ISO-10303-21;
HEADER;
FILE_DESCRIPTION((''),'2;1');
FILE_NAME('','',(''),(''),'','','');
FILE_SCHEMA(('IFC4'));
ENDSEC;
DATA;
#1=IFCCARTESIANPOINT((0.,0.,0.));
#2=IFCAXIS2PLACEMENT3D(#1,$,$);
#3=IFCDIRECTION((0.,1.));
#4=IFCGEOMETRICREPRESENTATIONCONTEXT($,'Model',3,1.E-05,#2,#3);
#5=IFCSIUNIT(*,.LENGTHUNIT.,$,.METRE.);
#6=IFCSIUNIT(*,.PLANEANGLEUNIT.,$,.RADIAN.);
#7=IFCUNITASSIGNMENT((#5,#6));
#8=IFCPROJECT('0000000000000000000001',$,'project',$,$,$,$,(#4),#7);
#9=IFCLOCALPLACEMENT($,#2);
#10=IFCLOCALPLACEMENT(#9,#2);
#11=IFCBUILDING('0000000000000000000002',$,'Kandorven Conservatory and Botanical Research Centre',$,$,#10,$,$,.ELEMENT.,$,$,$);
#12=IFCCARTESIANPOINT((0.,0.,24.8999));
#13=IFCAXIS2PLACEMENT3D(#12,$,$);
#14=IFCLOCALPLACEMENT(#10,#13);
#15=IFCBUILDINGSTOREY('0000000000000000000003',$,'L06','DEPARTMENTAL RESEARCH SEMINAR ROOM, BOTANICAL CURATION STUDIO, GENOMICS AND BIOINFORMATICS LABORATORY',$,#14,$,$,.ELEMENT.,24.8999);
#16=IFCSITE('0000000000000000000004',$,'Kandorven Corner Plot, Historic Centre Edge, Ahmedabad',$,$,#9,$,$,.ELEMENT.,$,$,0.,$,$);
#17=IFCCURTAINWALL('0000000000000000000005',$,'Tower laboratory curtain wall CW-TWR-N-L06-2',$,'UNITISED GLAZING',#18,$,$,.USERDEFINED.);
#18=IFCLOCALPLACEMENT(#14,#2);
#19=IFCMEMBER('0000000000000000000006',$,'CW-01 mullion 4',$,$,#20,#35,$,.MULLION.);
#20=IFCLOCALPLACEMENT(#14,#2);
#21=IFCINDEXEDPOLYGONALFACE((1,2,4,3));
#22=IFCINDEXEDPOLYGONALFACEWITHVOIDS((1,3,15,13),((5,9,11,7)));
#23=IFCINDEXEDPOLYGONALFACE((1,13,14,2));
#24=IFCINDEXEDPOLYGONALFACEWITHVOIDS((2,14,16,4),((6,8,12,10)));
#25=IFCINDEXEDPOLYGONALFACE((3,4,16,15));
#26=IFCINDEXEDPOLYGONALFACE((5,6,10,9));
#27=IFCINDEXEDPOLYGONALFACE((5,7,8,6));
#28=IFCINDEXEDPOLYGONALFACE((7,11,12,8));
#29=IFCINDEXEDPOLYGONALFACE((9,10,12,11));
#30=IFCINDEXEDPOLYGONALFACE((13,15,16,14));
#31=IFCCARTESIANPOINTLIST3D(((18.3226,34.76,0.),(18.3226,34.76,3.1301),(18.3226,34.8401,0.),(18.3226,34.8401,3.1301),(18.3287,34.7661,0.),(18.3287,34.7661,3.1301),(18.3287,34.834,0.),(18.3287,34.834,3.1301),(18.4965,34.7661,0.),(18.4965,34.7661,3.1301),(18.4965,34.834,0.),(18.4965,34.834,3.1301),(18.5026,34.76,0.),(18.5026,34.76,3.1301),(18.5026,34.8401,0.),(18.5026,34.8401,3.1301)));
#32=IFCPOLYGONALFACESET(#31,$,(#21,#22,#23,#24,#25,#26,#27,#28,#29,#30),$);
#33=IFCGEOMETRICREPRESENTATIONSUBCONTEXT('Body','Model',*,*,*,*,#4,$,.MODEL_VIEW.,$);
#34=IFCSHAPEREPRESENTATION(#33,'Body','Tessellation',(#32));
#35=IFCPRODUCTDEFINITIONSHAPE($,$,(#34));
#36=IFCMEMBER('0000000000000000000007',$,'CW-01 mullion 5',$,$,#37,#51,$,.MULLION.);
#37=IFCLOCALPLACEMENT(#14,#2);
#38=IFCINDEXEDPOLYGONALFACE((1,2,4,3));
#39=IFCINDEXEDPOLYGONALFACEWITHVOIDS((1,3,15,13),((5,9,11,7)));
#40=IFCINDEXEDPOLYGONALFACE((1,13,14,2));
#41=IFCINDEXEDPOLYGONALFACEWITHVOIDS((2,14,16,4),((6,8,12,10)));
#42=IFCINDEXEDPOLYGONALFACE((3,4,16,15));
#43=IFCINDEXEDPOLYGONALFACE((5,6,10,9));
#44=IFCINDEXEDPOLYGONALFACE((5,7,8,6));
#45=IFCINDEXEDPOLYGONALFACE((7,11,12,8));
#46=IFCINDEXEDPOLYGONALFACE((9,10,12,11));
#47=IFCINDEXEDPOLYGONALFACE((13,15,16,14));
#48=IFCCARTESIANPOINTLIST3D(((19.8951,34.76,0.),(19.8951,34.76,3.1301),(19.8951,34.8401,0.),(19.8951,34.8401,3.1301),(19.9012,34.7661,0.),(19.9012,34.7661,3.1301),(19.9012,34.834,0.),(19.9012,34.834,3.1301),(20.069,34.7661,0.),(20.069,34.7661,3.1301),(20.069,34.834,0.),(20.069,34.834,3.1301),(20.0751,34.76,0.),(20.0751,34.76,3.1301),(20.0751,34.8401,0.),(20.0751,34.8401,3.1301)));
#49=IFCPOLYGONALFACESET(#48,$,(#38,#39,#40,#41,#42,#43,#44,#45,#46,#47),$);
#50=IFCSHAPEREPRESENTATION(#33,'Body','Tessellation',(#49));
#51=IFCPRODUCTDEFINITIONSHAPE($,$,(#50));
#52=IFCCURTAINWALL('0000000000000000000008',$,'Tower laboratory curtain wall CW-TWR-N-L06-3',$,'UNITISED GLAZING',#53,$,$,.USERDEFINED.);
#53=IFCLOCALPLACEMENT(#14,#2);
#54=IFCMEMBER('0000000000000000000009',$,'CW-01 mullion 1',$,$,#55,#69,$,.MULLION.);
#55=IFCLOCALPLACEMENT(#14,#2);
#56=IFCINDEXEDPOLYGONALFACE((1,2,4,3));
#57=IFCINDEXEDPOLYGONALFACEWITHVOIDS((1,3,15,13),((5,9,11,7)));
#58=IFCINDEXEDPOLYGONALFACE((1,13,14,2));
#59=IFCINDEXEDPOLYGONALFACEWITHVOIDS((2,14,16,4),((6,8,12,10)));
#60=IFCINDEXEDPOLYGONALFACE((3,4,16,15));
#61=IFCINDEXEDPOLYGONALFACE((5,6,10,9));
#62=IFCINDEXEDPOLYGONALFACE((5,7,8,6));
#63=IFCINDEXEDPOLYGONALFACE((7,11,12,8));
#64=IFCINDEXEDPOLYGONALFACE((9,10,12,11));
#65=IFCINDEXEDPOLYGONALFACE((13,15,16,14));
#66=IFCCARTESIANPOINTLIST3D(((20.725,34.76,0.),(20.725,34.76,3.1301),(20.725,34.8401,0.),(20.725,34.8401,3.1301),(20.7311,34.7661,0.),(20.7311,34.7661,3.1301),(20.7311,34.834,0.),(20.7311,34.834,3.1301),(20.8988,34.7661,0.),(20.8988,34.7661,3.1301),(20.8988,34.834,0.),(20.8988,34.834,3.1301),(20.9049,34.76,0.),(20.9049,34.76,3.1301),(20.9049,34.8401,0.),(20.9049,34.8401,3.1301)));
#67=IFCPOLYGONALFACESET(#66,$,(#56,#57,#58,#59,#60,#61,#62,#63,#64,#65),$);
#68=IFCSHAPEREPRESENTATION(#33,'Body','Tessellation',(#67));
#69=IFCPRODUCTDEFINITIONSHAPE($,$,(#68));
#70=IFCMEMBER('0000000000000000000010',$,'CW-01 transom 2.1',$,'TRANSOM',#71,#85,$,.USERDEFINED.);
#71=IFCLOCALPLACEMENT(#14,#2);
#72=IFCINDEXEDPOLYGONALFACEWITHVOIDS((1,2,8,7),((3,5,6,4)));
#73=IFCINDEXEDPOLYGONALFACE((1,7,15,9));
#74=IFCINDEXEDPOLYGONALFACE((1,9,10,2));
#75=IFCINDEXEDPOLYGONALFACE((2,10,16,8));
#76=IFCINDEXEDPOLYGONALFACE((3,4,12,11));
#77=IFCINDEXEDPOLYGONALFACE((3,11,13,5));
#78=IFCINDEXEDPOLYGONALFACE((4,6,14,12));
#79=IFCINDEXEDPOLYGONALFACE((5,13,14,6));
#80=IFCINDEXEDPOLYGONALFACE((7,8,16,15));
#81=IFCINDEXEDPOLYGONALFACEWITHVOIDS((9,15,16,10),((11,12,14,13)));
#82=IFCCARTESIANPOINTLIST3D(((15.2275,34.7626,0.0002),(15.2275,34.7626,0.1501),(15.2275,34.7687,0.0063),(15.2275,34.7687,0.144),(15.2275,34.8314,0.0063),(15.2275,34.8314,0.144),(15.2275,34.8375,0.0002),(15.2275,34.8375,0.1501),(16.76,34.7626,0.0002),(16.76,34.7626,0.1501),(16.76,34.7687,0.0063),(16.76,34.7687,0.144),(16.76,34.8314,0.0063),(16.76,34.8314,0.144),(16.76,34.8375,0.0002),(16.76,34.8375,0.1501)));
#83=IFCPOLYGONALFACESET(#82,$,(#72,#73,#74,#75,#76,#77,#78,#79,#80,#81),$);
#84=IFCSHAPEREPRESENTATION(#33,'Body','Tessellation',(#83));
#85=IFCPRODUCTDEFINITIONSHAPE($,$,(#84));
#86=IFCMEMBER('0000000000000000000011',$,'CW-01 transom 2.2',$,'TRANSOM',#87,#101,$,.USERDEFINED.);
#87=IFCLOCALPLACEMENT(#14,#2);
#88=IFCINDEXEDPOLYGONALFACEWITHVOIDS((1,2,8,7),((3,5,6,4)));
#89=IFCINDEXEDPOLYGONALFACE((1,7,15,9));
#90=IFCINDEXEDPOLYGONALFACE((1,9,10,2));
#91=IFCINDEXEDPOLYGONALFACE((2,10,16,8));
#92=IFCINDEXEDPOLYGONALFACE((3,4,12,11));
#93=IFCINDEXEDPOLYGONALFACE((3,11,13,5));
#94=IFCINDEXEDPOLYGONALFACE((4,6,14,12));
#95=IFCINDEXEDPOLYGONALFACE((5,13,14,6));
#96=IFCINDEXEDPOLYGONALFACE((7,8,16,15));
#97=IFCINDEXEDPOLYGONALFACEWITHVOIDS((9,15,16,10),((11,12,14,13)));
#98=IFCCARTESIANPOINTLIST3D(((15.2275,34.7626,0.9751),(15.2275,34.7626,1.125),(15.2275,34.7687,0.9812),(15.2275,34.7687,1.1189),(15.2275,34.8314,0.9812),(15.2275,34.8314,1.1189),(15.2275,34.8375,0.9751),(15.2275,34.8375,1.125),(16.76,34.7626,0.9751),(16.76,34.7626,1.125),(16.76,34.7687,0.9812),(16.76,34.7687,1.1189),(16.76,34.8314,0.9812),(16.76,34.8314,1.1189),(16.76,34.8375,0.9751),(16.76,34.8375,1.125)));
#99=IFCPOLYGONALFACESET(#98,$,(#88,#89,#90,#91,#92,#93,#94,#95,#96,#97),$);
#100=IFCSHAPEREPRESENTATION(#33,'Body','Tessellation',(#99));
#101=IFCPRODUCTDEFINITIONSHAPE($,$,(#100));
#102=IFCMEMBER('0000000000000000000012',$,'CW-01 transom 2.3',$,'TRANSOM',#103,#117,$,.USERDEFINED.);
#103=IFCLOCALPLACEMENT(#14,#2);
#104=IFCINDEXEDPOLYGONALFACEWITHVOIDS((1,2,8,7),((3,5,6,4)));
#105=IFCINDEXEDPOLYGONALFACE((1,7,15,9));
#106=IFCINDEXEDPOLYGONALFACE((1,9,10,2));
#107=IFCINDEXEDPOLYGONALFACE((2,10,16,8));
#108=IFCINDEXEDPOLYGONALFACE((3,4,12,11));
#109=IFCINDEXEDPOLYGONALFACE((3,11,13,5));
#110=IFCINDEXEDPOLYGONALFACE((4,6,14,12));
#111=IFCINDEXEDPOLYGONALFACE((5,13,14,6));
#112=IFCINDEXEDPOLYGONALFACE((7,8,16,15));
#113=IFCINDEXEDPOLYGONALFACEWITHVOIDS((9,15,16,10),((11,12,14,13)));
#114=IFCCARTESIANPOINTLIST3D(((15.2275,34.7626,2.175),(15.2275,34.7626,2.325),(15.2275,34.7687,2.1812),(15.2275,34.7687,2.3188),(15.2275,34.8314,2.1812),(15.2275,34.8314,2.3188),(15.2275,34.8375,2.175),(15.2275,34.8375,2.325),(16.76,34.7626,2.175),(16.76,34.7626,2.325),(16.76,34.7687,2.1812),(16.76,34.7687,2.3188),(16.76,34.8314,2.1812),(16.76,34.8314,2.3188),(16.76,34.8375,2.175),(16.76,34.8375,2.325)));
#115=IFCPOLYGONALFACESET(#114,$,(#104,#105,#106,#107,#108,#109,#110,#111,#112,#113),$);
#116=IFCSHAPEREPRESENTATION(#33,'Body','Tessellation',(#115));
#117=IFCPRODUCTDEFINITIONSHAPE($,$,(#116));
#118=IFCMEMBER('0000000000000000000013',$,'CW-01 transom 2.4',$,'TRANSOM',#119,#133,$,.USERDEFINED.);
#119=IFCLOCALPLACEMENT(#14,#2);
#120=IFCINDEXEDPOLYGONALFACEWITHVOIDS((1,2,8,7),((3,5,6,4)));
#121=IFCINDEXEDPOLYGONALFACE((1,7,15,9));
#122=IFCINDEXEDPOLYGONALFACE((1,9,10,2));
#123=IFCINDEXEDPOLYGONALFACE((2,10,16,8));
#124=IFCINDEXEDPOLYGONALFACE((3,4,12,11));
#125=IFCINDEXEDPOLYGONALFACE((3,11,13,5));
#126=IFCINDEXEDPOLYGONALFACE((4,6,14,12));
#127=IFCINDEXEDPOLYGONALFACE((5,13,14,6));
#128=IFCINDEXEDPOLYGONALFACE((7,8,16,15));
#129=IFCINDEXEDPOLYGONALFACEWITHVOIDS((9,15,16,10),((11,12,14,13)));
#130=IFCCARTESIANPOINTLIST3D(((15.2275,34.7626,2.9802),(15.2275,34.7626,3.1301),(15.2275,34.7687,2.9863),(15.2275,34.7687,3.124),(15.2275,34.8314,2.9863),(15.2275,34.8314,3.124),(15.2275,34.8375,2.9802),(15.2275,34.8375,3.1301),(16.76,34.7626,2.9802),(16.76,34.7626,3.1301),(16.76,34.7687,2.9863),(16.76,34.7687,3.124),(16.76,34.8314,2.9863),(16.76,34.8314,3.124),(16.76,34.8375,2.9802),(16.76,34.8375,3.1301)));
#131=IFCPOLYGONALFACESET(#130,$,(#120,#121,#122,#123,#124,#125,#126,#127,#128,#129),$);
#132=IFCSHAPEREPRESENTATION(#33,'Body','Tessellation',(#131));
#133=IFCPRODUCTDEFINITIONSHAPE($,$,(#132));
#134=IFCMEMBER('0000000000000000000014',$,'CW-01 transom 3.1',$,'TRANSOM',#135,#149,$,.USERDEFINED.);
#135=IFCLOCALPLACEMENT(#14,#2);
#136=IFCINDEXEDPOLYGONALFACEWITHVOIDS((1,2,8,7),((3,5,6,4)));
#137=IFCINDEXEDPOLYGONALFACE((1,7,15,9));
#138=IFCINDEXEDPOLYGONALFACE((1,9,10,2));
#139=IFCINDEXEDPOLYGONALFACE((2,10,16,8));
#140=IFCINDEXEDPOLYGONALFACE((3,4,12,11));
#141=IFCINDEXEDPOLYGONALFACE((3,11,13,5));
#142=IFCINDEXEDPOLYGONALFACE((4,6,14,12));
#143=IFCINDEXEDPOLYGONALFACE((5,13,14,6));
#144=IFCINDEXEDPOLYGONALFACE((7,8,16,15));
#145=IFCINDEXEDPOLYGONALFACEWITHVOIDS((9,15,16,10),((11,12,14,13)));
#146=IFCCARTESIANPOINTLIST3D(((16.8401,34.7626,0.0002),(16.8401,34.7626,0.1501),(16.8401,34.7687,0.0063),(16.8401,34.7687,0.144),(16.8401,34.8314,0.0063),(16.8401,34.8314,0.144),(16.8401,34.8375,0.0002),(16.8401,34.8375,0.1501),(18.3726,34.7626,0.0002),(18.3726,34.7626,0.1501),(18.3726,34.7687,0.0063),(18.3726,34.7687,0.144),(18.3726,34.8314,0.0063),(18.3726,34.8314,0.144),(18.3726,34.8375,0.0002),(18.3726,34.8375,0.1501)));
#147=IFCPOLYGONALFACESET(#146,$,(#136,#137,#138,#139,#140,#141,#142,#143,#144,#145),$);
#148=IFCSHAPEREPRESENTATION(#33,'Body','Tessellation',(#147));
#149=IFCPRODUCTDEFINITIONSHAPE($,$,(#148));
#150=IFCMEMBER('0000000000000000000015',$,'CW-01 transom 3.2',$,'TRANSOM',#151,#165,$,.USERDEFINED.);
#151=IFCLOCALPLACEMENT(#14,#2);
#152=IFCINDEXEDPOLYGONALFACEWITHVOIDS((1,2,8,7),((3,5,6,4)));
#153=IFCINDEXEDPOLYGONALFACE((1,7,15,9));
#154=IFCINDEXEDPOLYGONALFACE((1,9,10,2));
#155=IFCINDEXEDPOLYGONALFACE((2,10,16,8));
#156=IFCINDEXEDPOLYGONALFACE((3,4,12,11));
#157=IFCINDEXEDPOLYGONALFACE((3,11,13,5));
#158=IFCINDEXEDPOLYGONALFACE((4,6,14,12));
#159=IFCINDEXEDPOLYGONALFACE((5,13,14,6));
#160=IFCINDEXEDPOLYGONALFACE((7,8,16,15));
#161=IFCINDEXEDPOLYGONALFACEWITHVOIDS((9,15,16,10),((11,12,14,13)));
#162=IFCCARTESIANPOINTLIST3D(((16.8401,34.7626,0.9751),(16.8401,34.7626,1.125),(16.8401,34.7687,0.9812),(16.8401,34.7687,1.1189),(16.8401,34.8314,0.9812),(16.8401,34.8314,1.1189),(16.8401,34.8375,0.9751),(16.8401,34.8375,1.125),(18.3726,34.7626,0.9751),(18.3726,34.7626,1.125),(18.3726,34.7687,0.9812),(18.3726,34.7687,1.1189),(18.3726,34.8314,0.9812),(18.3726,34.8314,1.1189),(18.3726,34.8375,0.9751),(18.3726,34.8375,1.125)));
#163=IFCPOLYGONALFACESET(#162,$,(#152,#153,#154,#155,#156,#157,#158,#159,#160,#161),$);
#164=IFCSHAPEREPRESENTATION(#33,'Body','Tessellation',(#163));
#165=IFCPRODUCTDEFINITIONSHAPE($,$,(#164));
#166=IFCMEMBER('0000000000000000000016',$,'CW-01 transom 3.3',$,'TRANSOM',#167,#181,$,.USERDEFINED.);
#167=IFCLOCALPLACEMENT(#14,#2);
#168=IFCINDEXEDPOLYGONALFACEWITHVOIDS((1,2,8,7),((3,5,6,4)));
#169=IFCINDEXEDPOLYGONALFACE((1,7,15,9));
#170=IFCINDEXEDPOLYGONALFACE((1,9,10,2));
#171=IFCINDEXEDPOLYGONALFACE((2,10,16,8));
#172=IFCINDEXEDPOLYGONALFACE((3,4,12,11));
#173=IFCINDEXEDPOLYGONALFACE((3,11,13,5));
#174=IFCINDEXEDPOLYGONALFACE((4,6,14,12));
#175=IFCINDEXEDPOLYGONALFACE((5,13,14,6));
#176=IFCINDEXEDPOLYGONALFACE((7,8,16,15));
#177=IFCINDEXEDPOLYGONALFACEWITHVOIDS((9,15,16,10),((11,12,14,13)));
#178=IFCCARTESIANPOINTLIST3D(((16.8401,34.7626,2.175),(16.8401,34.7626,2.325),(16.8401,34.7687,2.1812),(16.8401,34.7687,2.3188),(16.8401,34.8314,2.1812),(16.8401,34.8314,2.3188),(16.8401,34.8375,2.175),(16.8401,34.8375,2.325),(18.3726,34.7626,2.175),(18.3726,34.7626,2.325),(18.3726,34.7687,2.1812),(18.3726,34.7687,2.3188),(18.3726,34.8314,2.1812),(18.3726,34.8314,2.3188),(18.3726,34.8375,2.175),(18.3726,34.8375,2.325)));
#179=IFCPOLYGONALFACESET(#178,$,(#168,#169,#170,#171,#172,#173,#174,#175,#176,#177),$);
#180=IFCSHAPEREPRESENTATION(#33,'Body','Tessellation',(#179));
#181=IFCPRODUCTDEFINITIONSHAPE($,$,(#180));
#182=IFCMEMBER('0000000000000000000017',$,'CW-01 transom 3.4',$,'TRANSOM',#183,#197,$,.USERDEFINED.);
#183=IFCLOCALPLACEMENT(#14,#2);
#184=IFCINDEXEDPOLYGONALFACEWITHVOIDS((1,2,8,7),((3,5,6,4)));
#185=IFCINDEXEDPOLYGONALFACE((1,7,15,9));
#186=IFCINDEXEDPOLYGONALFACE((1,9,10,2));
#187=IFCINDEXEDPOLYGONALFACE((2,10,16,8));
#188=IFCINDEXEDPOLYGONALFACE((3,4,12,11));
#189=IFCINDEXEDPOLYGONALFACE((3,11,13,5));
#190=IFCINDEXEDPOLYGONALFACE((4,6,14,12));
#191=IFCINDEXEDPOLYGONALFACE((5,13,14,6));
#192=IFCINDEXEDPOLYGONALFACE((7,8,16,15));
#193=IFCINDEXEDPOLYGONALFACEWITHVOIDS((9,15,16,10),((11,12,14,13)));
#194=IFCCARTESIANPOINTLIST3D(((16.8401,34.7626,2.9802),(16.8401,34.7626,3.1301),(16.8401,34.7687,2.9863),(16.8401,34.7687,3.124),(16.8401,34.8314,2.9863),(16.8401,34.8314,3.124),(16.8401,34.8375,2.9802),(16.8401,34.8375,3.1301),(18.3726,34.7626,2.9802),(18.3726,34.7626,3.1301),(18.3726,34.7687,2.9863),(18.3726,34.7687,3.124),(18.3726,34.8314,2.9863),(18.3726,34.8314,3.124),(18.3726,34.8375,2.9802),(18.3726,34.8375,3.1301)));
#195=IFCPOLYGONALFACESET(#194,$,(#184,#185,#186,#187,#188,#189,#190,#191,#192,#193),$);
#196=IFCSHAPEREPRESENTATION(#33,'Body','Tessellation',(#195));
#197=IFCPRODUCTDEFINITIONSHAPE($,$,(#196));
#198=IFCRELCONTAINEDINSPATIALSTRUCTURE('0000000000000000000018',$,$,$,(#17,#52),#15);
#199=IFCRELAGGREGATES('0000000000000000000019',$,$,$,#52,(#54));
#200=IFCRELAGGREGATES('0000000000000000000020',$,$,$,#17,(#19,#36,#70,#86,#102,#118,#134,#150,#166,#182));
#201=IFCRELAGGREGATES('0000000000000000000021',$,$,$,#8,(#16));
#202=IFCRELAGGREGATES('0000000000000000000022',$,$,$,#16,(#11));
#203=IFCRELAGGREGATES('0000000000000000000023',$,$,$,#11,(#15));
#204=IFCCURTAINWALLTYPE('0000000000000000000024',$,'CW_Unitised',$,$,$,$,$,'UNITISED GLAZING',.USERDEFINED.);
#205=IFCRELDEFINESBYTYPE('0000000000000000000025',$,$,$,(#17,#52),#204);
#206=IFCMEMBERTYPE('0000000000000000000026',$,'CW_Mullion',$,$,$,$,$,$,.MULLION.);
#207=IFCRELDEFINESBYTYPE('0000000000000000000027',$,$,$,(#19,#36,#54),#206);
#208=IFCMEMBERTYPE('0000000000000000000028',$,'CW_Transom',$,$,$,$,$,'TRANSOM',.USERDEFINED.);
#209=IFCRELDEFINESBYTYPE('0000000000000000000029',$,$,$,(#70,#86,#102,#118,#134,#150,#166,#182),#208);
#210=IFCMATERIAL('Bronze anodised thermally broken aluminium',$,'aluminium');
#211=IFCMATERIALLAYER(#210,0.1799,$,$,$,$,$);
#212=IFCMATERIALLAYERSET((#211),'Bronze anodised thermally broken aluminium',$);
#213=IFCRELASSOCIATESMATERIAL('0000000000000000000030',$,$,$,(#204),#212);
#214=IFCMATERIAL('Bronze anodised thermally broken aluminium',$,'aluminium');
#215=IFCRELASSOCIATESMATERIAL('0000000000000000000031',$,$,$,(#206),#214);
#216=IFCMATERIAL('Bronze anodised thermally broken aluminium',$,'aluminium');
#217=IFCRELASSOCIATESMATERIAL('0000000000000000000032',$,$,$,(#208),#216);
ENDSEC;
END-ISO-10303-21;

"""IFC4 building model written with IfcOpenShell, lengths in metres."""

from ifc_helpers import new_model, si_unit, direction, frame, origin, origin_2d, place, context, subcontext, project, spatial, hollow_rectangle, extrude, material, layer, layer_set, material_profile, profile_set, type_object, element, aggregate, save


model = new_model("IFC4")

# Units and contexts
model_context = context("Model", 3, precision=1e-05, world=origin(), true_north=direction((0.0, 1.0)))
body_context = subcontext(model_context, "Body", "Model", "MODEL_VIEW")
ifc_project = project(units=[si_unit("LENGTHUNIT", "METRE"), si_unit("PLANEANGLEUNIT", "RADIAN")], contexts=[model_context])

# Site, building, storey
site_placement = place(None, origin())
site = spatial("IfcSite", under=ifc_project, at=site_placement, Name="Kandorven Corner Plot, Historic Centre Edge, Ahmedabad", CompositionType="ELEMENT", RefElevation=0.0)
building_placement = place(site_placement, origin())
building = spatial("IfcBuilding", under=site, at=building_placement, Name="Kandorven Conservatory and Botanical Research Centre", CompositionType="ELEMENT")
storey_placement = place(building_placement, frame((0.0, 0.0, 24.8999)))
storey = spatial("IfcBuildingStorey", under=building, at=storey_placement, Name="L06", Description="DEPARTMENTAL RESEARCH SEMINAR ROOM, BOTANICAL CURATION STUDIO, GENOMICS AND BIOINFORMATICS LABORATORY", CompositionType="ELEMENT", Elevation=24.8999)

# Curtain wall, members
ifc_material_1 = material(Name="Bronze anodised thermally broken aluminium", Category="aluminium")
ifc_layer_1 = layer(ifc_material_1, 0.1799)
ifc_layer_set_1 = layer_set([ifc_layer_1], Name="Bronze anodised thermally broken aluminium")
curtain_wall_type = type_object("IfcCurtainWallType", Name="CW_Unitised", ElementType="UNITISED GLAZING", PredefinedType="USERDEFINED", material=ifc_layer_set_1)
curtain_wall_1_placement = place(storey_placement, origin())
curtain_wall_1 = element("IfcCurtainWall", 1, at=curtain_wall_1_placement, inside=storey, type_object=curtain_wall_type, Name="Tower laboratory curtain wall CW-TWR-N-L06-2", ObjectType="UNITISED GLAZING", PredefinedType="USERDEFINED")
ifc_material_2 = material(Name="Bronze anodised thermally broken aluminium", Category="aluminium")
ifc_material_profile_1 = material_profile(ifc_material_2, hollow_rectangle(XDim=0.0801, YDim=0.1799, WallThickness=0.0061, at=origin_2d()))
ifc_profile_set_1 = profile_set([ifc_material_profile_1], Name="Bronze anodised thermally broken aluminium")
member_type_1 = type_object("IfcMemberType", Name="CW_Mullion", PredefinedType="MULLION", material=ifc_profile_set_1)
member_1_placement = place(storey_placement, frame((18.4126, 34.8, 0.0), z_axis=(0.0, 0.0, 1.0), x_axis=(0.0, 1.0, 0.0)))
member_1 = element("IfcMember", 2, at=member_1_placement, type_object=member_type_1, Name="CW-01 mullion 4", PredefinedType="MULLION", context=body_context, shape_type="SweptSolid", body=[
    extrude(hollow_rectangle(XDim=0.0801, YDim=0.1799, WallThickness=0.0061, at=origin_2d()), origin(), (0.0, 0.0, 1.0), 3.1301),
])
member_2_placement = place(storey_placement, frame((19.9851, 34.8, 0.0), z_axis=(0.0, 0.0, 1.0), x_axis=(0.0, 1.0, 0.0)))
member_2 = element("IfcMember", 3, at=member_2_placement, type_object=member_type_1, Name="CW-01 mullion 5", PredefinedType="MULLION", context=body_context, shape_type="SweptSolid", body=[
    extrude(hollow_rectangle(XDim=0.0801, YDim=0.1799, WallThickness=0.0061, at=origin_2d()), origin(), (0.0, 0.0, 1.0), 3.1301),
])

# Curtain wall, member
curtain_wall_2_placement = place(storey_placement, origin())
curtain_wall_2 = element("IfcCurtainWall", 4, at=curtain_wall_2_placement, inside=storey, type_object=curtain_wall_type, Name="Tower laboratory curtain wall CW-TWR-N-L06-3", ObjectType="UNITISED GLAZING", PredefinedType="USERDEFINED")
member_3_placement = place(storey_placement, frame((20.8149, 34.8, 0.0), z_axis=(0.0, 0.0, 1.0), x_axis=(0.0, 1.0, 0.0)))
member_3 = element("IfcMember", 5, at=member_3_placement, type_object=member_type_1, Name="CW-01 mullion 1", PredefinedType="MULLION", context=body_context, shape_type="SweptSolid", body=[
    extrude(hollow_rectangle(XDim=0.0801, YDim=0.1799, WallThickness=0.0061, at=origin_2d()), origin(), (0.0, 0.0, 1.0), 3.1301),
])

# Members
ifc_material_3 = material(Name="Bronze anodised thermally broken aluminium", Category="aluminium")
ifc_material_profile_2 = material_profile(ifc_material_3, hollow_rectangle(XDim=0.075, YDim=0.1499, WallThickness=0.0061, at=origin_2d()))
ifc_profile_set_2 = profile_set([ifc_material_profile_2], Name="Bronze anodised thermally broken aluminium")
member_type_2 = type_object("IfcMemberType", Name="CW_Transom", ElementType="TRANSOM", PredefinedType="USERDEFINED", material=ifc_profile_set_2)
member_4_placement = place(storey_placement, frame((15.2275, 34.8, 0.0752), z_axis=(1.0, 0.0, 0.0), x_axis=(0.0, 1.0, 0.0)))
member_4 = element("IfcMember", 6, at=member_4_placement, type_object=member_type_2, Name="CW-01 transom 2.1", ObjectType="TRANSOM", PredefinedType="USERDEFINED", context=body_context, shape_type="SweptSolid", body=[
    extrude(hollow_rectangle(XDim=0.075, YDim=0.1499, WallThickness=0.0061, at=origin_2d()), origin(), (0.0, 0.0, 1.0), 1.5325),
])
member_5_placement = place(storey_placement, frame((15.2275, 34.8, 1.05), z_axis=(1.0, 0.0, 0.0), x_axis=(0.0, 1.0, 0.0)))
member_5 = element("IfcMember", 7, at=member_5_placement, type_object=member_type_2, Name="CW-01 transom 2.2", ObjectType="TRANSOM", PredefinedType="USERDEFINED", context=body_context, shape_type="SweptSolid", body=[
    extrude(hollow_rectangle(XDim=0.075, YDim=0.1499, WallThickness=0.0061, at=origin_2d()), origin(), (0.0, 0.0, 1.0), 1.5325),
])
member_6_placement = place(storey_placement, frame((15.2275, 34.8, 2.25), z_axis=(1.0, 0.0, 0.0), x_axis=(0.0, 1.0, 0.0)))
member_6 = element("IfcMember", 8, at=member_6_placement, type_object=member_type_2, Name="CW-01 transom 2.3", ObjectType="TRANSOM", PredefinedType="USERDEFINED", context=body_context, shape_type="SweptSolid", body=[
    extrude(hollow_rectangle(XDim=0.075, YDim=0.1499, WallThickness=0.0061, at=origin_2d()), origin(), (0.0, 0.0, 1.0), 1.5325),
])
member_7_placement = place(storey_placement, frame((15.2275, 34.8, 3.0552), z_axis=(1.0, 0.0, 0.0), x_axis=(0.0, 1.0, 0.0)))
member_7 = element("IfcMember", 9, at=member_7_placement, type_object=member_type_2, Name="CW-01 transom 2.4", ObjectType="TRANSOM", PredefinedType="USERDEFINED", context=body_context, shape_type="SweptSolid", body=[
    extrude(hollow_rectangle(XDim=0.075, YDim=0.1499, WallThickness=0.0061, at=origin_2d()), origin(), (0.0, 0.0, 1.0), 1.5325),
])
member_8_placement = place(storey_placement, frame((16.8401, 34.8, 0.0752), z_axis=(1.0, 0.0, 0.0), x_axis=(0.0, 1.0, 0.0)))
member_8 = element("IfcMember", 10, at=member_8_placement, type_object=member_type_2, Name="CW-01 transom 3.1", ObjectType="TRANSOM", PredefinedType="USERDEFINED", context=body_context, shape_type="SweptSolid", body=[
    extrude(hollow_rectangle(XDim=0.075, YDim=0.1499, WallThickness=0.0061, at=origin_2d()), origin(), (0.0, 0.0, 1.0), 1.5325),
])
member_9_placement = place(storey_placement, frame((16.8401, 34.8, 1.05), z_axis=(1.0, 0.0, 0.0), x_axis=(0.0, 1.0, 0.0)))
member_9 = element("IfcMember", 11, at=member_9_placement, type_object=member_type_2, Name="CW-01 transom 3.2", ObjectType="TRANSOM", PredefinedType="USERDEFINED", context=body_context, shape_type="SweptSolid", body=[
    extrude(hollow_rectangle(XDim=0.075, YDim=0.1499, WallThickness=0.0061, at=origin_2d()), origin(), (0.0, 0.0, 1.0), 1.5325),
])
member_10_placement = place(storey_placement, frame((16.8401, 34.8, 2.25), z_axis=(1.0, 0.0, 0.0), x_axis=(0.0, 1.0, 0.0)))
member_10 = element("IfcMember", 12, at=member_10_placement, type_object=member_type_2, Name="CW-01 transom 3.3", ObjectType="TRANSOM", PredefinedType="USERDEFINED", context=body_context, shape_type="SweptSolid", body=[
    extrude(hollow_rectangle(XDim=0.075, YDim=0.1499, WallThickness=0.0061, at=origin_2d()), origin(), (0.0, 0.0, 1.0), 1.5325),
])
member_11_placement = place(storey_placement, frame((16.8401, 34.8, 3.0552), z_axis=(1.0, 0.0, 0.0), x_axis=(0.0, 1.0, 0.0)))
member_11 = element("IfcMember", 13, at=member_11_placement, type_object=member_type_2, Name="CW-01 transom 3.4", ObjectType="TRANSOM", PredefinedType="USERDEFINED", context=body_context, shape_type="SweptSolid", body=[
    extrude(hollow_rectangle(XDim=0.075, YDim=0.1499, WallThickness=0.0061, at=origin_2d()), origin(), (0.0, 0.0, 1.0), 1.5325),
])
aggregate(curtain_wall_2, [member_3])

aggregate(curtain_wall_1, [member_1, member_2, member_4, member_5, member_6, member_7, member_8, member_9, member_10, member_11])

save(model, "model.ifc")
